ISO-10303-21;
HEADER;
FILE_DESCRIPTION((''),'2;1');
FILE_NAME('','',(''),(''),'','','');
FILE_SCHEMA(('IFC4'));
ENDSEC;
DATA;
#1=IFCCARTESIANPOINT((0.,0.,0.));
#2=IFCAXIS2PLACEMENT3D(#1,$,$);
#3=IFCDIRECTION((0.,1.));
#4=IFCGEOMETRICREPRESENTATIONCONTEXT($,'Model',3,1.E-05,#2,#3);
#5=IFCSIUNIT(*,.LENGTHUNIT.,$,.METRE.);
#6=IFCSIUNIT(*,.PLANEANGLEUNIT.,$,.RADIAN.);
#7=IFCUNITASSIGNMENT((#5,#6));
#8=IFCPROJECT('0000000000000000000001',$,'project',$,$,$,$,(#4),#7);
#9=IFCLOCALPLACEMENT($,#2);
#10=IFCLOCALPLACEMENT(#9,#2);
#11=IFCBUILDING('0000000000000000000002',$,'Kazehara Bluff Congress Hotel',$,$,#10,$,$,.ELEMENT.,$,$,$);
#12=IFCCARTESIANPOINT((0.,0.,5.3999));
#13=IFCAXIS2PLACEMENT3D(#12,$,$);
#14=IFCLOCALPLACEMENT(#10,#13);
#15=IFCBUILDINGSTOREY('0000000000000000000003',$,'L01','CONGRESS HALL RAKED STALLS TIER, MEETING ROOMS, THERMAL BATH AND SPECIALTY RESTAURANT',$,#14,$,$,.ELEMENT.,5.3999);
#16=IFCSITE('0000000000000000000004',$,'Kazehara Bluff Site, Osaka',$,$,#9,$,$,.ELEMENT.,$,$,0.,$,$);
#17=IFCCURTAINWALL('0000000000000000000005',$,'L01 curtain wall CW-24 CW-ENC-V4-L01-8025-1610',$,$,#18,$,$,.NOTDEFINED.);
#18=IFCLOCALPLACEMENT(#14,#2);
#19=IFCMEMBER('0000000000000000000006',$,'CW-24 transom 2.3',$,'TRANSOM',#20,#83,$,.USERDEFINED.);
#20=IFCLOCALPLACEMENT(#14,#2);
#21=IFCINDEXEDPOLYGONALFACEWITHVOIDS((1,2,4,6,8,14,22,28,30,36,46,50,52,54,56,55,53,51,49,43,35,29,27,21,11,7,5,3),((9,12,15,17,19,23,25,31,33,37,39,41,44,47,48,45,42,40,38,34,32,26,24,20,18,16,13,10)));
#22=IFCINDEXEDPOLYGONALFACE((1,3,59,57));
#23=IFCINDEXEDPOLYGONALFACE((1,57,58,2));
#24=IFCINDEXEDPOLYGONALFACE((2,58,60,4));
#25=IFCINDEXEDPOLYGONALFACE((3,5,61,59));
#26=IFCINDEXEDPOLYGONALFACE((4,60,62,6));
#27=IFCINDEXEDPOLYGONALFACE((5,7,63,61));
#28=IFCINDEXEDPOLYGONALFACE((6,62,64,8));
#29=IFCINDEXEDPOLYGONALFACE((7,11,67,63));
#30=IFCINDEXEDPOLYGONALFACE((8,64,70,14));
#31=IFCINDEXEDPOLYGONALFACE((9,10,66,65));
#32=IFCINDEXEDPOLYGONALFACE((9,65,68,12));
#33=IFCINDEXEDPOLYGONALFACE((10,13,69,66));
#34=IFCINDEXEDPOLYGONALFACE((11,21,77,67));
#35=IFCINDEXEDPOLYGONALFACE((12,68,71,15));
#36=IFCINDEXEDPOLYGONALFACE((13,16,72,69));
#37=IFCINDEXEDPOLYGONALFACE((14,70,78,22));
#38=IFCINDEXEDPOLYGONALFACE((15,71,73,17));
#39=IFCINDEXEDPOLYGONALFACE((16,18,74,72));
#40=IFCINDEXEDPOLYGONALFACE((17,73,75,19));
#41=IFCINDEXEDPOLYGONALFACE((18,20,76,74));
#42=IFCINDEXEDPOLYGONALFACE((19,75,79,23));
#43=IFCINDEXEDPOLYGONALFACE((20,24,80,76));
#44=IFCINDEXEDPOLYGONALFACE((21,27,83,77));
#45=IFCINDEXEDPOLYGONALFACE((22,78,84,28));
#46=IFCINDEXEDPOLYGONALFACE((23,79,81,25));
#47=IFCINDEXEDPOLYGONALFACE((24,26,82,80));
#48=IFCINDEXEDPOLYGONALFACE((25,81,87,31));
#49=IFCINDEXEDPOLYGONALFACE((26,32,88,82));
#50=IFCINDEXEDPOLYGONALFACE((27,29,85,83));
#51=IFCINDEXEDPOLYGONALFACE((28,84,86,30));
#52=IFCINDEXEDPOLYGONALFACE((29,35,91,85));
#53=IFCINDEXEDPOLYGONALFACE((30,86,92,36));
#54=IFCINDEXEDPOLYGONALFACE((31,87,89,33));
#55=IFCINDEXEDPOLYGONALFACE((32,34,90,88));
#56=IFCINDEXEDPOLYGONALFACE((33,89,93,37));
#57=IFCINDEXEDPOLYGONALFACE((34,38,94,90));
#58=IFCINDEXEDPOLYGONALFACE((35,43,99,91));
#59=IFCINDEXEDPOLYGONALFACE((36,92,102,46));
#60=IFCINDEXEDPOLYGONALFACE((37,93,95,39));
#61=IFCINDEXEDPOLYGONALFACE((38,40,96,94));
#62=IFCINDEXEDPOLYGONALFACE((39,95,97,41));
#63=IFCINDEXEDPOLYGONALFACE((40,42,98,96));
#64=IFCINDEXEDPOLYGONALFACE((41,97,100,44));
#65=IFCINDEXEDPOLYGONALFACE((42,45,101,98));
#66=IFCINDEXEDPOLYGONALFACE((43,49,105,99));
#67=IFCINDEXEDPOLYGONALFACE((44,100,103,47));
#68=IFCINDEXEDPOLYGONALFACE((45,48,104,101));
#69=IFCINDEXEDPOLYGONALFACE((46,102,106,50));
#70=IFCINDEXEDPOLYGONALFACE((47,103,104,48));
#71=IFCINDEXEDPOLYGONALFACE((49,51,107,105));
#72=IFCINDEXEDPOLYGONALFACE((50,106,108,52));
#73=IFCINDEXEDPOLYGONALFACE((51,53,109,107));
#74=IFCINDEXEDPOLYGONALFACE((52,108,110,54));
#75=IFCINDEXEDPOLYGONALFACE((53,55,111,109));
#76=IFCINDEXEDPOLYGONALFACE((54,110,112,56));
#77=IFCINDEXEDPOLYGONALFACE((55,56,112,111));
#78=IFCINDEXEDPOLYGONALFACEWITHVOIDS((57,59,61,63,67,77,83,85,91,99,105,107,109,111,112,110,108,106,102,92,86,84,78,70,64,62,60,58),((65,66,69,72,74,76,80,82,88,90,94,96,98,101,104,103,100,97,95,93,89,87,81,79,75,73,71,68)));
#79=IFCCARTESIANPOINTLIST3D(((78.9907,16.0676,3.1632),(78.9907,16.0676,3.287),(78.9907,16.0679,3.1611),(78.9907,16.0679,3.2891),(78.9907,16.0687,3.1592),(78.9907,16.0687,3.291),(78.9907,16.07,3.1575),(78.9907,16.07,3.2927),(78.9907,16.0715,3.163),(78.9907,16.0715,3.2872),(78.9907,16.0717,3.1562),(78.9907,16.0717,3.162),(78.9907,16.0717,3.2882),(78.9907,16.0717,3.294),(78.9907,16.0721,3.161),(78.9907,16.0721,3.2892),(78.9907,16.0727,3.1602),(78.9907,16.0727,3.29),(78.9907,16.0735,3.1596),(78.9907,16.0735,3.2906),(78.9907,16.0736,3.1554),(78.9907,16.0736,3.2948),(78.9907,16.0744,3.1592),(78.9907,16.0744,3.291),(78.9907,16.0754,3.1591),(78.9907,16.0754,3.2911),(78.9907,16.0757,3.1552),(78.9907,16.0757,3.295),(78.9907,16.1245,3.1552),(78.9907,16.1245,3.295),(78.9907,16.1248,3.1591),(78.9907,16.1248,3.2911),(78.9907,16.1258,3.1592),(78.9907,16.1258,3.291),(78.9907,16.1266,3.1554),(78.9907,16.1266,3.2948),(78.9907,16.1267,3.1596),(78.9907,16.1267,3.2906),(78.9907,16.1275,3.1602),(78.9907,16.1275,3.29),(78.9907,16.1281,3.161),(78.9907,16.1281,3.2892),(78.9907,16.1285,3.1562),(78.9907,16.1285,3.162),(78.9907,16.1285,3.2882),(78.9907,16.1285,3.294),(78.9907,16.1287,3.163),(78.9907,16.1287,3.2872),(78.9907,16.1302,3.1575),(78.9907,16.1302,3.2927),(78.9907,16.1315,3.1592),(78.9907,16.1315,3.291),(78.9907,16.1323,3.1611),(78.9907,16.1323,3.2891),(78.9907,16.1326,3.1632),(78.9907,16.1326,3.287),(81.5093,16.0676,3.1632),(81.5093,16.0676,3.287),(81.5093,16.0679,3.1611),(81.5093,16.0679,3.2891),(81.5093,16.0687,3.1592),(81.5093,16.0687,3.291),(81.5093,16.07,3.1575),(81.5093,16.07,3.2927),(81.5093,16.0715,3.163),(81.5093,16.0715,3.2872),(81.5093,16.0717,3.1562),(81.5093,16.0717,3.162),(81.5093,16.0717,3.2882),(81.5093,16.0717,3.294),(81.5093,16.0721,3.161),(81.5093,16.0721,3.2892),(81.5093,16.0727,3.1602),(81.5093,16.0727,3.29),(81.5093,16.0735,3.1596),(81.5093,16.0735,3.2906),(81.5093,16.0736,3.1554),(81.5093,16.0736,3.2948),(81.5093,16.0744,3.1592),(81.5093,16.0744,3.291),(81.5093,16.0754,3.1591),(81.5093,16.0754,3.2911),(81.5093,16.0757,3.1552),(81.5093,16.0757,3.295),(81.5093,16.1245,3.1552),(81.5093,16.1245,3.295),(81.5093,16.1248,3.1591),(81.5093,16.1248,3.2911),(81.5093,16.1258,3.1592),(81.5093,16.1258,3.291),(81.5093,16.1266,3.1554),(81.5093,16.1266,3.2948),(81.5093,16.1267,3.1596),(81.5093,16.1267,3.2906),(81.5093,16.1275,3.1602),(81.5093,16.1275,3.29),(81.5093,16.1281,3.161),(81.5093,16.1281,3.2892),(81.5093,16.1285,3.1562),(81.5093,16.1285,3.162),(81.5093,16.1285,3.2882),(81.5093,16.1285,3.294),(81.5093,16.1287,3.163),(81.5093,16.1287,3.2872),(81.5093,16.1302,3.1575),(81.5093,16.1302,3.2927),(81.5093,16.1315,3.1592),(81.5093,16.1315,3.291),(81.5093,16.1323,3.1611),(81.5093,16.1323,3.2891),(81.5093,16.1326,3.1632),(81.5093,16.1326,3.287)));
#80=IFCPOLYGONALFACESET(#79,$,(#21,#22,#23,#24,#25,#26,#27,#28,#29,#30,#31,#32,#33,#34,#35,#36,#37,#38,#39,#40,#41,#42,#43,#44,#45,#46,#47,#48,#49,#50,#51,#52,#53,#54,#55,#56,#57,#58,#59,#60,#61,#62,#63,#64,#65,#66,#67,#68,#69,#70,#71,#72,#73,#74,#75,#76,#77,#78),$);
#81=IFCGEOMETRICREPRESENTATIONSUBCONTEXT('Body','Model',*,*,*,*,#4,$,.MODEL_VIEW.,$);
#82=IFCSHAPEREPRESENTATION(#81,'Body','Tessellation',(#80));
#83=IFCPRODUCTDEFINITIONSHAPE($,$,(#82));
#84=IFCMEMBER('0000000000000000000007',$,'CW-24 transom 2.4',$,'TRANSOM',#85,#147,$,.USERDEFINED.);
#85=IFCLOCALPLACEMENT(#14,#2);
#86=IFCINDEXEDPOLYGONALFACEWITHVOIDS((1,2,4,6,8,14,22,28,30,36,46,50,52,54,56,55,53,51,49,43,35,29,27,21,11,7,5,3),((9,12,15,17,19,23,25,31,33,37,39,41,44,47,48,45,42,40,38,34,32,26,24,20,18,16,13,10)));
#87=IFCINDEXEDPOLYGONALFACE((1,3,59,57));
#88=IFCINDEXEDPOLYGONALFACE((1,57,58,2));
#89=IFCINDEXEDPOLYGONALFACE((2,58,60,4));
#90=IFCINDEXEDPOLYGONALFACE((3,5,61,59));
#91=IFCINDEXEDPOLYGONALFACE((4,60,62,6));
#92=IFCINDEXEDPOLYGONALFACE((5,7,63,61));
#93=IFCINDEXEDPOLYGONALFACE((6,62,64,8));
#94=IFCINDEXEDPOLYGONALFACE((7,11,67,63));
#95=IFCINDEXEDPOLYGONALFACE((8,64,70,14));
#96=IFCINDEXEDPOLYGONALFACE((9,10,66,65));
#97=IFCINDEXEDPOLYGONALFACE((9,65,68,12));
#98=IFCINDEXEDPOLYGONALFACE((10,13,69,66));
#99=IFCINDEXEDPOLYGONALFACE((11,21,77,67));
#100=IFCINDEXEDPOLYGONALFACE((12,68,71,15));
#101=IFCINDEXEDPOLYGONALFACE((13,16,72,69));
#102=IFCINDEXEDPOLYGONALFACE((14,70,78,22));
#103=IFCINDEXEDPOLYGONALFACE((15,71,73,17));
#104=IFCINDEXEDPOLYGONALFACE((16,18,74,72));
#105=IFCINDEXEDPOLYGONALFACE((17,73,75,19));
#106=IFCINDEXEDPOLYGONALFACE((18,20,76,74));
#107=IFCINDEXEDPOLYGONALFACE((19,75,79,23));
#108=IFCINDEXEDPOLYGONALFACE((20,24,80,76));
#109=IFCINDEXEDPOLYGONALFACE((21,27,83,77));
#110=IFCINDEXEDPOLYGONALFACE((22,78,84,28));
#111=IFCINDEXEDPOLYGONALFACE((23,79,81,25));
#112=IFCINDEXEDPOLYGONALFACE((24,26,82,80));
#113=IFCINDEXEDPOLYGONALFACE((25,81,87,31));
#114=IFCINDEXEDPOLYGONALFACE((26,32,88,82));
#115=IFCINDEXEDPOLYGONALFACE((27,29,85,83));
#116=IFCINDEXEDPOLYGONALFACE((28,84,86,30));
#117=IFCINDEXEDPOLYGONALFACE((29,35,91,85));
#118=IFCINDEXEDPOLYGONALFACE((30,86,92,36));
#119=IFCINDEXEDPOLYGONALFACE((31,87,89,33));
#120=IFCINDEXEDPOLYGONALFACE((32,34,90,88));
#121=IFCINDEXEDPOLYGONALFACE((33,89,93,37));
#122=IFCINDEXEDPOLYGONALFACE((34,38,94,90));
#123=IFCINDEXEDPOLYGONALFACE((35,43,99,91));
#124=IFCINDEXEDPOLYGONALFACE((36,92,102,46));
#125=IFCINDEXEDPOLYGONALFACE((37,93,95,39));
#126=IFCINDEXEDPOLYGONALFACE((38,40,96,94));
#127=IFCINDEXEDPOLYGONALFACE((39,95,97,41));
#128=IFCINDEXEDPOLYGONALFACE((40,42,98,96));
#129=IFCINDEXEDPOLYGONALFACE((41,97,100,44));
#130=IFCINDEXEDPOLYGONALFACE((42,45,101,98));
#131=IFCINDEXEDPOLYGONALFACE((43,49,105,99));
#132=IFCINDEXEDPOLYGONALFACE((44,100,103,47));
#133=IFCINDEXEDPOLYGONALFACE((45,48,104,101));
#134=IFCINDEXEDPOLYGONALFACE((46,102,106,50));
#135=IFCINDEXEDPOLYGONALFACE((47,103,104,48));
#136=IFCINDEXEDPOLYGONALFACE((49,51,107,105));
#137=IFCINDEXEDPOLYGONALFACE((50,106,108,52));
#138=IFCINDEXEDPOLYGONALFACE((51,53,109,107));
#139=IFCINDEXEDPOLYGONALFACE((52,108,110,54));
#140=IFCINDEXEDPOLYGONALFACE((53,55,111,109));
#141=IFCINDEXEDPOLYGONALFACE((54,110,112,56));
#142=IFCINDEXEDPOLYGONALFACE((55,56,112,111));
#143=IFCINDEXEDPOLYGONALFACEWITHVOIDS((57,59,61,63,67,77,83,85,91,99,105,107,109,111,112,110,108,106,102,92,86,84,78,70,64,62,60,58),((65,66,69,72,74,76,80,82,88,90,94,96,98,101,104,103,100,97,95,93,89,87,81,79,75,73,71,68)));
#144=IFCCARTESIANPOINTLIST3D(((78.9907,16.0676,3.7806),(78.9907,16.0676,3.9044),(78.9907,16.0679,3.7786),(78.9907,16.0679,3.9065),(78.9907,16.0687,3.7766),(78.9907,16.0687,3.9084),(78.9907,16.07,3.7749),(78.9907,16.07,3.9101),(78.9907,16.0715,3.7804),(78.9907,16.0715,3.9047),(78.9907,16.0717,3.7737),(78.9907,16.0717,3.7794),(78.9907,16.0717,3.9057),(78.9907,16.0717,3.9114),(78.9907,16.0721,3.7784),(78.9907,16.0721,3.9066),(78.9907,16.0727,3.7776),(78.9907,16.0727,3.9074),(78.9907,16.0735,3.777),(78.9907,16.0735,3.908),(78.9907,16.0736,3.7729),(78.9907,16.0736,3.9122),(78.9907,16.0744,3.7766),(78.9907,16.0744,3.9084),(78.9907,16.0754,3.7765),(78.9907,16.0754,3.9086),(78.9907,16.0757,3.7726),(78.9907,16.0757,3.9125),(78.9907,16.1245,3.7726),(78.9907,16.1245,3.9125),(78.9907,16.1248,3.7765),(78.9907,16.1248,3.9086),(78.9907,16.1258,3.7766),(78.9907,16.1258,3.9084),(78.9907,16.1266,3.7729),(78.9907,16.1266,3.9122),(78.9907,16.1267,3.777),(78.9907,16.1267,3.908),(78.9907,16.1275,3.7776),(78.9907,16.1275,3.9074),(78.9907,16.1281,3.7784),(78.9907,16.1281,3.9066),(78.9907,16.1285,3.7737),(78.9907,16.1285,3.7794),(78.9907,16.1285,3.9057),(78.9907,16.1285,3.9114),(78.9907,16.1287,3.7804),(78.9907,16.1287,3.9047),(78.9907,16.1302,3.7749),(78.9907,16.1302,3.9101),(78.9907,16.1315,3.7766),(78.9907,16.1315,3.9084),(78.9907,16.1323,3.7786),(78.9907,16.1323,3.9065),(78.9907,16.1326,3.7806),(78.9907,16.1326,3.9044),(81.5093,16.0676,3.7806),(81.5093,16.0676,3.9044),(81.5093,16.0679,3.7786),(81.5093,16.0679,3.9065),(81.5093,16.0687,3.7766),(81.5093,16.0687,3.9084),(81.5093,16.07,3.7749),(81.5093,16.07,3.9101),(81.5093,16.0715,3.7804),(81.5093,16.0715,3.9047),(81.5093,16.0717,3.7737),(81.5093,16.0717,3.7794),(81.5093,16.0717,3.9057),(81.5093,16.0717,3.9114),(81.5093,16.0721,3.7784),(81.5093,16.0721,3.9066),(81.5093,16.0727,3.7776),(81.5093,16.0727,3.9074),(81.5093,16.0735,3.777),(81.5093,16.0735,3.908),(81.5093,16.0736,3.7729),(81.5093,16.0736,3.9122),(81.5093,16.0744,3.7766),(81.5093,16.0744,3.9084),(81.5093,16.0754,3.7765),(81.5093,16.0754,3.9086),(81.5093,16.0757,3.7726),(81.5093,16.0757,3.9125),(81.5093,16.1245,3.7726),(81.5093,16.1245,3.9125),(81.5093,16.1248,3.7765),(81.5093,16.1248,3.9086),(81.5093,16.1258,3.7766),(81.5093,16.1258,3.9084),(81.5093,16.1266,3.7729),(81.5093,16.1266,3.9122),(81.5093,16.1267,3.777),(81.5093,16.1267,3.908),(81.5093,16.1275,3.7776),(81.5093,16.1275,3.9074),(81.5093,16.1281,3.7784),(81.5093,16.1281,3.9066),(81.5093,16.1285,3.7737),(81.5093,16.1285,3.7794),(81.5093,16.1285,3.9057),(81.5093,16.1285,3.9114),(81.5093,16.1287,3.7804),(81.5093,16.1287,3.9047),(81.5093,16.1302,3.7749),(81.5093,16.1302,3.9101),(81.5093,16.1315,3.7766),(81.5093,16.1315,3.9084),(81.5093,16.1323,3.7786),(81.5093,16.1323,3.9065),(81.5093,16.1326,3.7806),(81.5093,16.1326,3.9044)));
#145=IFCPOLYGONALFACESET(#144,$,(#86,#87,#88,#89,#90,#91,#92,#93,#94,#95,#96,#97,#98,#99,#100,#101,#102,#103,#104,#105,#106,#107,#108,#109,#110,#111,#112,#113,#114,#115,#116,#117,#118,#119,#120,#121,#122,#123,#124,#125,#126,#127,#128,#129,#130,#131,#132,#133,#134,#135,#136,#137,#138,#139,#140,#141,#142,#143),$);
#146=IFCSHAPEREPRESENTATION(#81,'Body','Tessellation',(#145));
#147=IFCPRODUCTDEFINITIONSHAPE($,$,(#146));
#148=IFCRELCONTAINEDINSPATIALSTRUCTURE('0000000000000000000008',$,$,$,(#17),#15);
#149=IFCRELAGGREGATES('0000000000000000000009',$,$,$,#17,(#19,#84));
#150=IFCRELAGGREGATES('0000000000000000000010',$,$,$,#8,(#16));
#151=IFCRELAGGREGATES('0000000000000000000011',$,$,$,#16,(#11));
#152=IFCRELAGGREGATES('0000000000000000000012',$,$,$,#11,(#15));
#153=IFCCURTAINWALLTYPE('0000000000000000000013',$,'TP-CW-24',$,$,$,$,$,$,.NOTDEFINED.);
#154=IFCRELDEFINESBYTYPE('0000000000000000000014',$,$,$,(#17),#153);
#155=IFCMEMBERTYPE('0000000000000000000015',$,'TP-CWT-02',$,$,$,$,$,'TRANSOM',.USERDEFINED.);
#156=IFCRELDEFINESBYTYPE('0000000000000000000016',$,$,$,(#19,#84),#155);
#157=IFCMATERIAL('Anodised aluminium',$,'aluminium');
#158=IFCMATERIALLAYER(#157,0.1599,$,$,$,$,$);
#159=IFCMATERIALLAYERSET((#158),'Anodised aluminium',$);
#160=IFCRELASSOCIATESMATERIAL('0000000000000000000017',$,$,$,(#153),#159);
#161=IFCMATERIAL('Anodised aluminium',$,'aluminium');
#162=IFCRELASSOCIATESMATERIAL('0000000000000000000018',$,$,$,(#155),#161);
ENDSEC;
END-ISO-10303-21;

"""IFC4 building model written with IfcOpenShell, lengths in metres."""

from ifc_helpers import new_model, si_unit, direction, frame, origin, origin_2d, place, context, subcontext, project, spatial, hollow_rectangle, extrude, material, layer, layer_set, material_profile, profile_set, type_object, element, aggregate, save


model = new_model("IFC4")

# Units and contexts
model_context = context("Model", 3, precision=1e-05, world=origin(), true_north=direction((0.0, 1.0)))
body_context = subcontext(model_context, "Body", "Model", "MODEL_VIEW")
ifc_project = project(units=[si_unit("LENGTHUNIT", "METRE"), si_unit("PLANEANGLEUNIT", "RADIAN")], contexts=[model_context])

# Site, building, storey
site_placement = place(None, origin())
site = spatial("IfcSite", under=ifc_project, at=site_placement, Name="Kazehara Bluff Site, Osaka", CompositionType="ELEMENT", RefElevation=0.0)
building_placement = place(site_placement, origin())
building = spatial("IfcBuilding", under=site, at=building_placement, Name="Kazehara Bluff Congress Hotel", CompositionType="ELEMENT")
storey_placement = place(building_placement, frame((0.0, 0.0, 5.3999)))
storey = spatial("IfcBuildingStorey", under=building, at=storey_placement, Name="L01", Description="CONGRESS HALL RAKED STALLS TIER, MEETING ROOMS, THERMAL BATH AND SPECIALTY RESTAURANT", CompositionType="ELEMENT", Elevation=5.3999)

# Curtain wall
ifc_material_1 = material(Name="Anodised aluminium", Category="aluminium")
ifc_layer_1 = layer(ifc_material_1, 0.1599)
ifc_layer_set_1 = layer_set([ifc_layer_1], Name="Anodised aluminium")
curtain_wall_type = type_object("IfcCurtainWallType", Name="TP-CW-24", PredefinedType="NOTDEFINED", material=ifc_layer_set_1)
curtain_wall_1_placement = place(storey_placement, origin())
curtain_wall_1 = element("IfcCurtainWall", 1, at=curtain_wall_1_placement, inside=storey, type_object=curtain_wall_type, Name="L01 curtain wall CW-24 CW-ENC-V4-L01-8025-1610", PredefinedType="NOTDEFINED")

# Members
ifc_material_2 = material(Name="Anodised aluminium", Category="aluminium")
ifc_material_profile_1 = material_profile(ifc_material_2, hollow_rectangle(XDim=0.0649, YDim=0.1399, WallThickness=0.0039, InnerFilletRadius=0.0039, OuterFilletRadius=0.0081, at=origin_2d()))
ifc_profile_set_1 = profile_set([ifc_material_profile_1], Name="Anodised aluminium")
member_type_1 = type_object("IfcMemberType", Name="TP-CWT-02", ElementType="TRANSOM", PredefinedType="USERDEFINED", material=ifc_profile_set_1)
member_1_placement = place(storey_placement, frame((81.5093, 16.1001, 3.2251), z_axis=(-1.0, 0.0, 0.0), x_axis=(0.0, -1.0, 0.0)))
member_1 = element("IfcMember", 2, at=member_1_placement, type_object=member_type_1, Name="CW-24 transom 2.3", ObjectType="TRANSOM", PredefinedType="USERDEFINED", context=body_context, shape_type="SweptSolid", body=[
    extrude(hollow_rectangle(XDim=0.0649, YDim=0.1399, WallThickness=0.0039, InnerFilletRadius=0.0039, OuterFilletRadius=0.0081, at=origin_2d()), origin(), (0.0, 0.0, 1.0), 2.5186),
])
member_2_placement = place(storey_placement, frame((81.5093, 16.1001, 3.8425), z_axis=(-1.0, 0.0, 0.0), x_axis=(0.0, -1.0, 0.0)))
member_2 = element("IfcMember", 3, at=member_2_placement, type_object=member_type_1, Name="CW-24 transom 2.4", ObjectType="TRANSOM", PredefinedType="USERDEFINED", context=body_context, shape_type="SweptSolid", body=[
    extrude(hollow_rectangle(XDim=0.0649, YDim=0.1399, WallThickness=0.0039, InnerFilletRadius=0.0039, OuterFilletRadius=0.0081, at=origin_2d()), origin(), (0.0, 0.0, 1.0), 2.5186),
])

aggregate(curtain_wall_1, [member_1, member_2])

save(model, "model.ifc")
